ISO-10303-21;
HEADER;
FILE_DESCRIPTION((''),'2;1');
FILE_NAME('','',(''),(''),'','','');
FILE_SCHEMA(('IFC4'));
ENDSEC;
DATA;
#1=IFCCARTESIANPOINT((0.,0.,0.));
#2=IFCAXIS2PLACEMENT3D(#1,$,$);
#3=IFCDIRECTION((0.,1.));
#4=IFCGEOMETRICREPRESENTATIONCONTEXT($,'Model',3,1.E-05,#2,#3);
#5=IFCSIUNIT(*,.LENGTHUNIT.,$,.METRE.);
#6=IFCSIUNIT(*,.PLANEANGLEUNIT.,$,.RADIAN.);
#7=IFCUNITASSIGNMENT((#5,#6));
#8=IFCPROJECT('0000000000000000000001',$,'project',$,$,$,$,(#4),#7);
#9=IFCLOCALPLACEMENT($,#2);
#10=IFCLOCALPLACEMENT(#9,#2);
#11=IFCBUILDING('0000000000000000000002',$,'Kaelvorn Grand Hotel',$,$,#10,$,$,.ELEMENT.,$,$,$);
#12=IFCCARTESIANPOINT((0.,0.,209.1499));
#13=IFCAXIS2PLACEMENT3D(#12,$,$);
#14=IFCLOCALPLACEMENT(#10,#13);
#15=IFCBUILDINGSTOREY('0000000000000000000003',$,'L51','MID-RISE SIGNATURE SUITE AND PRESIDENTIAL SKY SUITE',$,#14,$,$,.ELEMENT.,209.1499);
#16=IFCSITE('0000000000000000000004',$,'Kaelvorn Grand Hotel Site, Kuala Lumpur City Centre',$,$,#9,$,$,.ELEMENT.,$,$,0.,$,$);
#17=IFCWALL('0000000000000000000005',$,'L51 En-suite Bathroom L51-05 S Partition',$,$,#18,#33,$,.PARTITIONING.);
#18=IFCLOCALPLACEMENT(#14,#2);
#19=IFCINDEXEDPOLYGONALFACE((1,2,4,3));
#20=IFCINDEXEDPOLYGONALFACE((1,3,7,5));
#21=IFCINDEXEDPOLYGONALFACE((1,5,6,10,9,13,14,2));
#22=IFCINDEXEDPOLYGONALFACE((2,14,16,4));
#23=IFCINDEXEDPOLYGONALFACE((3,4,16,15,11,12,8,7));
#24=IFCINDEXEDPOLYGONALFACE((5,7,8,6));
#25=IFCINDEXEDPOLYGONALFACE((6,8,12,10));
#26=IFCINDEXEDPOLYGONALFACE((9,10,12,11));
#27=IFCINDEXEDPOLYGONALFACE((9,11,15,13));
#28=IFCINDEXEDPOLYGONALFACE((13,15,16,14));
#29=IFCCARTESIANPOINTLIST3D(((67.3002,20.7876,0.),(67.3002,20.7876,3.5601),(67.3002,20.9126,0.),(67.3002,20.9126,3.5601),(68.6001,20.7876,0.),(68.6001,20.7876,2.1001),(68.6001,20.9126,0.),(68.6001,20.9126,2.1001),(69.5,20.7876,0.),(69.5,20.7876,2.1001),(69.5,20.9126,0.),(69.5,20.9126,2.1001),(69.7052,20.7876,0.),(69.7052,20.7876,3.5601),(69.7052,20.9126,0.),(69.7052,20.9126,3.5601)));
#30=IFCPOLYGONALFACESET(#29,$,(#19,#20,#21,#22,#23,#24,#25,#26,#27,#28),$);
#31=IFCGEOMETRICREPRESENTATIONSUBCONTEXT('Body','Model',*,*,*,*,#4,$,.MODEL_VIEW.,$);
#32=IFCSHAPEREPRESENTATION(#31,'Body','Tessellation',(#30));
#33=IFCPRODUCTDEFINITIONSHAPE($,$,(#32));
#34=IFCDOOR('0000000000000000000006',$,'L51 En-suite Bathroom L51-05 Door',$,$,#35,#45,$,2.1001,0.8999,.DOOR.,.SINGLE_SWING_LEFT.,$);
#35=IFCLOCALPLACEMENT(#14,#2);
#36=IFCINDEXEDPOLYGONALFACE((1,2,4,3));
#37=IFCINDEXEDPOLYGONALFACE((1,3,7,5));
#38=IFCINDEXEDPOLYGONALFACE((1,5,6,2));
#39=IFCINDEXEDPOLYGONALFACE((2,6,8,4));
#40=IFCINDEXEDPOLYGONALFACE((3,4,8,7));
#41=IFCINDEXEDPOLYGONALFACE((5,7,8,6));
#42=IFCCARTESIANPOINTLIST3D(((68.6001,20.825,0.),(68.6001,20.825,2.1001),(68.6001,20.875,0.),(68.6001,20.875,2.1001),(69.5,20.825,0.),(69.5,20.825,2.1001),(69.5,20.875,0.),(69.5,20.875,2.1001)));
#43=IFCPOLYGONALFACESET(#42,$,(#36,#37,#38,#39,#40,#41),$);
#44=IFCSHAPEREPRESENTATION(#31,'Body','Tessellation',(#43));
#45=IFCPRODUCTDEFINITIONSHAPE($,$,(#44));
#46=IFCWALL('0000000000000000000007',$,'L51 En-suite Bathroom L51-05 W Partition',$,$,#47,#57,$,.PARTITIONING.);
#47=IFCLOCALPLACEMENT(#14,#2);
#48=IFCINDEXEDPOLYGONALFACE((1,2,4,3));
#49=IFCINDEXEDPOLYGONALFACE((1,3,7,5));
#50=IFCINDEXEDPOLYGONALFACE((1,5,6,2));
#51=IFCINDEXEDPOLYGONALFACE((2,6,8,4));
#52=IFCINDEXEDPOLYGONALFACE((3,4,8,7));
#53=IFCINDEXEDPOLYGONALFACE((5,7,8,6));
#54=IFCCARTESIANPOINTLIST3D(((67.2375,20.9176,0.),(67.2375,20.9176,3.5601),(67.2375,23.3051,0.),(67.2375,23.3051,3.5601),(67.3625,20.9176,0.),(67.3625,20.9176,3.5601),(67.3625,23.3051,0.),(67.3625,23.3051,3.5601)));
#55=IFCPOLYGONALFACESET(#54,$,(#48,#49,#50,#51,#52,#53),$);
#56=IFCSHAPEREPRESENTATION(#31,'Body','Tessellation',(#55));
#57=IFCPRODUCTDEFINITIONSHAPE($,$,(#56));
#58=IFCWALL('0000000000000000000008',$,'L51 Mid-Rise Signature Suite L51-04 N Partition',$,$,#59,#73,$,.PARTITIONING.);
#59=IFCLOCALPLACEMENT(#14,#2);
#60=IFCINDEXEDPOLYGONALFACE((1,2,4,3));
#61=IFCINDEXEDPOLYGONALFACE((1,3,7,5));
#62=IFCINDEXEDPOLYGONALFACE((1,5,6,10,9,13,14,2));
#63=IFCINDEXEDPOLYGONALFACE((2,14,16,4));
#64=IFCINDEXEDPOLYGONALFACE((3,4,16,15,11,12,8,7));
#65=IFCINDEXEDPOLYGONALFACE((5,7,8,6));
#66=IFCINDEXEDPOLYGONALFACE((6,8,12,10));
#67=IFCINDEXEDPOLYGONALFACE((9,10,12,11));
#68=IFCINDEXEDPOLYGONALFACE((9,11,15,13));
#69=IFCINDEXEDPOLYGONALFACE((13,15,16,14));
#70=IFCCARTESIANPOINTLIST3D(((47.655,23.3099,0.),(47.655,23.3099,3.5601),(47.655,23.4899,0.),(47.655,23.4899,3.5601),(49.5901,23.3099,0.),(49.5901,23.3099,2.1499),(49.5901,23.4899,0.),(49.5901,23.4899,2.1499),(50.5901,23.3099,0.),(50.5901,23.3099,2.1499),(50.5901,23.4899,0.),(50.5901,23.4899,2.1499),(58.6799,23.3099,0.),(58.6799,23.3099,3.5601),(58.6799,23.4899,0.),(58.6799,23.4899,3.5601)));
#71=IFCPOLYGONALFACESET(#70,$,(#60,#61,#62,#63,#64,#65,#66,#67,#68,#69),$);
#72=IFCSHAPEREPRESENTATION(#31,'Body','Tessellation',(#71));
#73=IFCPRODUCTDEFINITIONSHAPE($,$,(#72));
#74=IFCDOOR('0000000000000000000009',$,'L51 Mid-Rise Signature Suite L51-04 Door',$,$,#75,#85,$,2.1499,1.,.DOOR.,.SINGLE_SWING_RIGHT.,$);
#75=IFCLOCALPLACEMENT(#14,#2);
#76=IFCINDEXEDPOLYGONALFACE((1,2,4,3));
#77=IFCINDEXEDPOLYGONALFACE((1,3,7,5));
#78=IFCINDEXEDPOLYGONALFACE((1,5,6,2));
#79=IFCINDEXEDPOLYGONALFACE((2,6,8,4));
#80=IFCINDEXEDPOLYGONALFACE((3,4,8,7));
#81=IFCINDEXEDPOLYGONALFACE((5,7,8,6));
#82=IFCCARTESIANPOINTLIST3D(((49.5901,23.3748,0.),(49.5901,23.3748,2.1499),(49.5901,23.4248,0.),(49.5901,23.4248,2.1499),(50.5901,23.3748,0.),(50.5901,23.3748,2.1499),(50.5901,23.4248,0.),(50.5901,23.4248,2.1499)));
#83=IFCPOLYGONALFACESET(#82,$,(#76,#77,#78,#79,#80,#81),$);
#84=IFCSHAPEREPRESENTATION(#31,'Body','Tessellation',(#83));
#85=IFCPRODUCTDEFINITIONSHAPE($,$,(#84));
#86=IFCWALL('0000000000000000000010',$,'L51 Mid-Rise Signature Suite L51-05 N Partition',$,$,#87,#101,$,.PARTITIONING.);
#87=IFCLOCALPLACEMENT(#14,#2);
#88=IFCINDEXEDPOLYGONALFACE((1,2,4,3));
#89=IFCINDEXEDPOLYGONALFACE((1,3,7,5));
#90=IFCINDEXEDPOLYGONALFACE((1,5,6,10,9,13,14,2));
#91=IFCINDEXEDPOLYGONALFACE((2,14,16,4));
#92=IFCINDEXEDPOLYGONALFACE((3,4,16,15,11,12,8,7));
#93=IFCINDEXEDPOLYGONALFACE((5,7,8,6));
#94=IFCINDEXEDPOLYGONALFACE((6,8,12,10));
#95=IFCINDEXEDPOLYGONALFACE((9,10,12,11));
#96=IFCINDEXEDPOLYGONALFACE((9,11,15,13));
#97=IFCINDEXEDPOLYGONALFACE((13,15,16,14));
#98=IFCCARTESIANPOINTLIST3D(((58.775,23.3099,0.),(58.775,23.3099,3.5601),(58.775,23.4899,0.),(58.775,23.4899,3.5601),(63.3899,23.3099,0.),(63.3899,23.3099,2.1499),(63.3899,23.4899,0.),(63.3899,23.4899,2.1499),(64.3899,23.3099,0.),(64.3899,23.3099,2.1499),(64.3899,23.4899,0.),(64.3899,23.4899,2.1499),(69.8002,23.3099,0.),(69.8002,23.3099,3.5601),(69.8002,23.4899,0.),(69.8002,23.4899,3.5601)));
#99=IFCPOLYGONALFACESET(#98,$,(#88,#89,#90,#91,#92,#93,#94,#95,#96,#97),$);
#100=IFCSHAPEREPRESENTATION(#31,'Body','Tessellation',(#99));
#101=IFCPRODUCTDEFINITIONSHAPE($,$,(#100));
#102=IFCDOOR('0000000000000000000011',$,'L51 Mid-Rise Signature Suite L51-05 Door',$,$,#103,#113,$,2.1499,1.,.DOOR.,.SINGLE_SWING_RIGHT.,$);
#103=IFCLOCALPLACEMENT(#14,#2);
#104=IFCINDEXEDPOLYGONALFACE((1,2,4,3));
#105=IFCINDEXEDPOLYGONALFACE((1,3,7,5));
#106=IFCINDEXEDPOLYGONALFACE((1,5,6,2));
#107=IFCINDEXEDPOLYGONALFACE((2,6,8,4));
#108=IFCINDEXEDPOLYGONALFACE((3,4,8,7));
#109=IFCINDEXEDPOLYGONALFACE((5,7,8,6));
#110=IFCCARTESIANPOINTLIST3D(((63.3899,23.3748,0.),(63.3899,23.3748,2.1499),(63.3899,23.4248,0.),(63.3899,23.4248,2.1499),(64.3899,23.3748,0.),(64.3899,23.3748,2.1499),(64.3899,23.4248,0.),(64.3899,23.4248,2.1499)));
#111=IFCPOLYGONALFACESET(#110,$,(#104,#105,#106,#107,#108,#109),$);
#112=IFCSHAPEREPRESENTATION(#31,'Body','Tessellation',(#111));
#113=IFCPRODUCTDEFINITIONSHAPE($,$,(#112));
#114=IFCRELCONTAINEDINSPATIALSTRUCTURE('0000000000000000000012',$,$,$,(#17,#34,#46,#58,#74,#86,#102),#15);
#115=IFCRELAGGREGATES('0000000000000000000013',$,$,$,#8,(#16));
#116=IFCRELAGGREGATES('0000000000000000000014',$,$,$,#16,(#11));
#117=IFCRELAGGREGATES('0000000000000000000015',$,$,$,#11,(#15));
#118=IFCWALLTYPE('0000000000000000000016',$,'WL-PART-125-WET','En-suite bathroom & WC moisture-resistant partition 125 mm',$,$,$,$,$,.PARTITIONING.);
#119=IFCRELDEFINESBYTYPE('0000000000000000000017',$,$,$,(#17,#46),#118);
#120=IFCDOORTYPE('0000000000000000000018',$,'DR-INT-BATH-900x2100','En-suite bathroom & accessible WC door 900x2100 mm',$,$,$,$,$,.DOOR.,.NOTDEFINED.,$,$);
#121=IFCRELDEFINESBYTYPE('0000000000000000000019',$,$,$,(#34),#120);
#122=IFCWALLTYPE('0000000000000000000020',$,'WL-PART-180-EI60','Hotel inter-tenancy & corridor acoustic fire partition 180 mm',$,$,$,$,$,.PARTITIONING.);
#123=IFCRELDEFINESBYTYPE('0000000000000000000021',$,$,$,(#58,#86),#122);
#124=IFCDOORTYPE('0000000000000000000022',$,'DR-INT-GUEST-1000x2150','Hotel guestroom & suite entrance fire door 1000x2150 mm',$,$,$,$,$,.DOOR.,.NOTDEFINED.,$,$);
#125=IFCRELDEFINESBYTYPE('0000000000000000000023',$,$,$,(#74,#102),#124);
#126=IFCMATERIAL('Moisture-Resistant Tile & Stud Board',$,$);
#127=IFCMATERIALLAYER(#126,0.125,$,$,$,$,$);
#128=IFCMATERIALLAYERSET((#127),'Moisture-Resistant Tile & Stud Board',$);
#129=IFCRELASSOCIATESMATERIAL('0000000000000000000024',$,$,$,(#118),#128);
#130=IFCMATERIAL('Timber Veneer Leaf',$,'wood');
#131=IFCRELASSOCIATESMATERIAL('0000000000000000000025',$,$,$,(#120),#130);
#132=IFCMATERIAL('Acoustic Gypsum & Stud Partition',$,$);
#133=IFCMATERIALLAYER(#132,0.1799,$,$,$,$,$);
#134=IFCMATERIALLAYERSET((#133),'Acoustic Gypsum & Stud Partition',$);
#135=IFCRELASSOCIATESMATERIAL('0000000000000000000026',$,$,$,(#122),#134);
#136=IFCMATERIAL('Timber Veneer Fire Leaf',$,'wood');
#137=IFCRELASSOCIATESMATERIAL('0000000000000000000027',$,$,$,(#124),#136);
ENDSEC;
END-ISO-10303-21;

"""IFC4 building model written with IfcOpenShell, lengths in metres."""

from ifc_helpers import new_model, si_unit, direction, frame, frame_2d, origin, place, context, subcontext, project, spatial, rectangle, extrude, material, layer, layer_set, type_object, element, fill, save


model = new_model("IFC4")

# Units and contexts
model_context = context("Model", 3, precision=1e-05, world=origin(), true_north=direction((0.0, 1.0)))
body_context = subcontext(model_context, "Body", "Model", "MODEL_VIEW")
ifc_project = project(units=[si_unit("LENGTHUNIT", "METRE"), si_unit("PLANEANGLEUNIT", "RADIAN")], contexts=[model_context])

# Site, building, storey
site_placement = place(None, origin())
site = spatial("IfcSite", under=ifc_project, at=site_placement, Name="Kaelvorn Grand Hotel Site, Kuala Lumpur City Centre", CompositionType="ELEMENT", RefElevation=0.0)
building_placement = place(site_placement, origin())
building = spatial("IfcBuilding", under=site, at=building_placement, Name="Kaelvorn Grand Hotel", CompositionType="ELEMENT")
storey_placement = place(building_placement, frame((0.0, 0.0, 209.1499)))
storey = spatial("IfcBuildingStorey", under=building, at=storey_placement, Name="L51", Description="MID-RISE SIGNATURE SUITE AND PRESIDENTIAL SKY SUITE", CompositionType="ELEMENT", Elevation=209.1499)

# Shared definitions
ifc_material_1 = material(Name="Moisture-Resistant Tile & Stud Board")
ifc_layer_1 = layer(ifc_material_1, 0.125)
ifc_layer_set_1 = layer_set([ifc_layer_1], Name="Moisture-Resistant Tile & Stud Board")
wall_type_1 = type_object("IfcWallType", Name="WL-PART-125-WET", Description="En-suite bathroom & WC moisture-resistant partition 125 mm", PredefinedType="PARTITIONING", material=ifc_layer_set_1)
ifc_material_2 = material(Name="Timber Veneer Leaf", Category="wood")
door_type_1 = type_object("IfcDoorType", Name="DR-INT-BATH-900x2100", Description="En-suite bathroom & accessible WC door 900x2100 mm", OperationType="NOTDEFINED", PredefinedType="DOOR", material=ifc_material_2)

# Wall, opening, door
wall_1_placement = place(storey_placement, frame((67.3, 20.8501, 0.0), z_axis=(0.0, 0.0, 1.0), x_axis=(1.0, 0.0, 0.0)))
wall_1 = element("IfcWall", 1, at=wall_1_placement, inside=storey, type_object=wall_type_1, Name="L51 En-suite Bathroom L51-05 S Partition", PredefinedType="PARTITIONING", context=body_context, shape_type="SweptSolid", body=[
    extrude(rectangle(XDim=2.405, YDim=0.125, at=frame_2d((1.2026, 0.0))), origin(), (0.0, 0.0, 1.0), 3.5601),
])
opening_1_placement = place(wall_1_placement, frame((1.3, 0.0, 0.0)))
opening_1 = element("IfcOpeningElement", 2, at=opening_1_placement, cuts=wall_1, PredefinedType="OPENING", context=body_context, shape_type="SweptSolid", body=[
    extrude(rectangle(XDim=0.8999, YDim=2.1001, at=frame_2d((0.45, 1.05))), frame((0.0, 0.0725, 0.0), z_axis=(0.0, -1.0, 0.0), x_axis=(1.0, 0.0, 0.0)), (0.0, 0.0, 1.0), 0.145),
])
door_1_placement = place(opening_1_placement, origin())
door_1 = element("IfcDoor", 3, at=door_1_placement, inside=storey, type_object=door_type_1, Name="L51 En-suite Bathroom L51-05 Door", OperationType="SINGLE_SWING_LEFT", OverallHeight=2.1001, OverallWidth=0.8999, PredefinedType="DOOR", context=body_context, shape_type="SweptSolid", body=[
    extrude(rectangle(XDim=0.8999, YDim=2.1001, at=frame_2d((0.45, 1.05))), frame((0.0, 0.0249, 0.0), z_axis=(0.0, -1.0, 0.0), x_axis=(1.0, 0.0, 0.0)), (0.0, 0.0, 1.0), 0.05),
])
fill(opening_1, door_1)

# Wall
wall_2_placement = place(storey_placement, frame((67.3, 20.9175, 0.0), z_axis=(0.0, 0.0, 1.0), x_axis=(0.0, 1.0, 0.0)))
element("IfcWall", 4, at=wall_2_placement, inside=storey, type_object=wall_type_1, Name="L51 En-suite Bathroom L51-05 W Partition", PredefinedType="PARTITIONING", context=body_context, shape_type="SweptSolid", body=[
    extrude(rectangle(XDim=2.3875, YDim=0.125, at=frame_2d((1.1938, 0.0))), origin(), (0.0, 0.0, 1.0), 3.5601),
])

# Walls, openings, doors
ifc_material_3 = material(Name="Acoustic Gypsum & Stud Partition")
ifc_layer_2 = layer(ifc_material_3, 0.1799)
ifc_layer_set_2 = layer_set([ifc_layer_2], Name="Acoustic Gypsum & Stud Partition")
wall_type_2 = type_object("IfcWallType", Name="WL-PART-180-EI60", Description="Hotel inter-tenancy & corridor acoustic fire partition 180 mm", PredefinedType="PARTITIONING", material=ifc_layer_set_2)
wall_3_placement = place(storey_placement, frame((47.655, 23.3999, 0.0), z_axis=(0.0, 0.0, 1.0), x_axis=(1.0, 0.0, 0.0)))
wall_3 = element("IfcWall", 5, at=wall_3_placement, inside=storey, type_object=wall_type_2, Name="L51 Mid-Rise Signature Suite L51-04 N Partition", PredefinedType="PARTITIONING", context=body_context, shape_type="SweptSolid", body=[
    extrude(rectangle(XDim=11.0249, YDim=0.1799, at=frame_2d((5.5125, 0.0))), origin(), (0.0, 0.0, 1.0), 3.5601),
])
opening_2_placement = place(wall_3_placement, frame((1.9351, 0.0, 0.0)))
opening_2 = element("IfcOpeningElement", 6, at=opening_2_placement, cuts=wall_3, PredefinedType="OPENING", context=body_context, shape_type="SweptSolid", body=[
    extrude(rectangle(XDim=1.0, YDim=2.1499, at=frame_2d((0.5, 1.075))), frame((0.0, 0.1001, 0.0), z_axis=(0.0, -1.0, 0.0), x_axis=(1.0, 0.0, 0.0)), (0.0, 0.0, 1.0), 0.2),
])
ifc_material_4 = material(Name="Timber Veneer Fire Leaf", Category="wood")
door_type_2 = type_object("IfcDoorType", Name="DR-INT-GUEST-1000x2150", Description="Hotel guestroom & suite entrance fire door 1000x2150 mm", OperationType="NOTDEFINED", PredefinedType="DOOR", material=ifc_material_4)
door_2_placement = place(opening_2_placement, origin())
door_2 = element("IfcDoor", 7, at=door_2_placement, inside=storey, type_object=door_type_2, Name="L51 Mid-Rise Signature Suite L51-04 Door", OperationType="SINGLE_SWING_RIGHT", OverallHeight=2.1499, OverallWidth=1.0, PredefinedType="DOOR", context=body_context, shape_type="SweptSolid", body=[
    extrude(rectangle(XDim=1.0, YDim=2.1499, at=frame_2d((0.5, 1.075))), frame((0.0, 0.0249, 0.0), z_axis=(0.0, -1.0, 0.0), x_axis=(1.0, 0.0, 0.0)), (0.0, 0.0, 1.0), 0.05),
])
fill(opening_2, door_2)
wall_4_placement = place(storey_placement, frame((58.7749, 23.3999, 0.0), z_axis=(0.0, 0.0, 1.0), x_axis=(1.0, 0.0, 0.0)))
wall_4 = element("IfcWall", 8, at=wall_4_placement, inside=storey, type_object=wall_type_2, Name="L51 Mid-Rise Signature Suite L51-05 N Partition", PredefinedType="PARTITIONING", context=body_context, shape_type="SweptSolid", body=[
    extrude(rectangle(XDim=11.0251, YDim=0.1799, at=frame_2d((5.5127, 0.0))), origin(), (0.0, 0.0, 1.0), 3.5601),
])
opening_3_placement = place(wall_4_placement, frame((4.615, 0.0, 0.0)))
opening_3 = element("IfcOpeningElement", 9, at=opening_3_placement, cuts=wall_4, PredefinedType="OPENING", context=body_context, shape_type="SweptSolid", body=[
    extrude(rectangle(XDim=1.0, YDim=2.1499, at=frame_2d((0.5, 1.075))), frame((0.0, 0.1001, 0.0), z_axis=(0.0, -1.0, 0.0), x_axis=(1.0, 0.0, 0.0)), (0.0, 0.0, 1.0), 0.2),
])
door_3_placement = place(opening_3_placement, origin())
door_3 = element("IfcDoor", 10, at=door_3_placement, inside=storey, type_object=door_type_2, Name="L51 Mid-Rise Signature Suite L51-05 Door", OperationType="SINGLE_SWING_RIGHT", OverallHeight=2.1499, OverallWidth=1.0, PredefinedType="DOOR", context=body_context, shape_type="SweptSolid", body=[
    extrude(rectangle(XDim=1.0, YDim=2.1499, at=frame_2d((0.5, 1.075))), frame((0.0, 0.0249, 0.0), z_axis=(0.0, -1.0, 0.0), x_axis=(1.0, 0.0, 0.0)), (0.0, 0.0, 1.0), 0.05),
])
fill(opening_3, door_3)

save(model, "model.ifc")
